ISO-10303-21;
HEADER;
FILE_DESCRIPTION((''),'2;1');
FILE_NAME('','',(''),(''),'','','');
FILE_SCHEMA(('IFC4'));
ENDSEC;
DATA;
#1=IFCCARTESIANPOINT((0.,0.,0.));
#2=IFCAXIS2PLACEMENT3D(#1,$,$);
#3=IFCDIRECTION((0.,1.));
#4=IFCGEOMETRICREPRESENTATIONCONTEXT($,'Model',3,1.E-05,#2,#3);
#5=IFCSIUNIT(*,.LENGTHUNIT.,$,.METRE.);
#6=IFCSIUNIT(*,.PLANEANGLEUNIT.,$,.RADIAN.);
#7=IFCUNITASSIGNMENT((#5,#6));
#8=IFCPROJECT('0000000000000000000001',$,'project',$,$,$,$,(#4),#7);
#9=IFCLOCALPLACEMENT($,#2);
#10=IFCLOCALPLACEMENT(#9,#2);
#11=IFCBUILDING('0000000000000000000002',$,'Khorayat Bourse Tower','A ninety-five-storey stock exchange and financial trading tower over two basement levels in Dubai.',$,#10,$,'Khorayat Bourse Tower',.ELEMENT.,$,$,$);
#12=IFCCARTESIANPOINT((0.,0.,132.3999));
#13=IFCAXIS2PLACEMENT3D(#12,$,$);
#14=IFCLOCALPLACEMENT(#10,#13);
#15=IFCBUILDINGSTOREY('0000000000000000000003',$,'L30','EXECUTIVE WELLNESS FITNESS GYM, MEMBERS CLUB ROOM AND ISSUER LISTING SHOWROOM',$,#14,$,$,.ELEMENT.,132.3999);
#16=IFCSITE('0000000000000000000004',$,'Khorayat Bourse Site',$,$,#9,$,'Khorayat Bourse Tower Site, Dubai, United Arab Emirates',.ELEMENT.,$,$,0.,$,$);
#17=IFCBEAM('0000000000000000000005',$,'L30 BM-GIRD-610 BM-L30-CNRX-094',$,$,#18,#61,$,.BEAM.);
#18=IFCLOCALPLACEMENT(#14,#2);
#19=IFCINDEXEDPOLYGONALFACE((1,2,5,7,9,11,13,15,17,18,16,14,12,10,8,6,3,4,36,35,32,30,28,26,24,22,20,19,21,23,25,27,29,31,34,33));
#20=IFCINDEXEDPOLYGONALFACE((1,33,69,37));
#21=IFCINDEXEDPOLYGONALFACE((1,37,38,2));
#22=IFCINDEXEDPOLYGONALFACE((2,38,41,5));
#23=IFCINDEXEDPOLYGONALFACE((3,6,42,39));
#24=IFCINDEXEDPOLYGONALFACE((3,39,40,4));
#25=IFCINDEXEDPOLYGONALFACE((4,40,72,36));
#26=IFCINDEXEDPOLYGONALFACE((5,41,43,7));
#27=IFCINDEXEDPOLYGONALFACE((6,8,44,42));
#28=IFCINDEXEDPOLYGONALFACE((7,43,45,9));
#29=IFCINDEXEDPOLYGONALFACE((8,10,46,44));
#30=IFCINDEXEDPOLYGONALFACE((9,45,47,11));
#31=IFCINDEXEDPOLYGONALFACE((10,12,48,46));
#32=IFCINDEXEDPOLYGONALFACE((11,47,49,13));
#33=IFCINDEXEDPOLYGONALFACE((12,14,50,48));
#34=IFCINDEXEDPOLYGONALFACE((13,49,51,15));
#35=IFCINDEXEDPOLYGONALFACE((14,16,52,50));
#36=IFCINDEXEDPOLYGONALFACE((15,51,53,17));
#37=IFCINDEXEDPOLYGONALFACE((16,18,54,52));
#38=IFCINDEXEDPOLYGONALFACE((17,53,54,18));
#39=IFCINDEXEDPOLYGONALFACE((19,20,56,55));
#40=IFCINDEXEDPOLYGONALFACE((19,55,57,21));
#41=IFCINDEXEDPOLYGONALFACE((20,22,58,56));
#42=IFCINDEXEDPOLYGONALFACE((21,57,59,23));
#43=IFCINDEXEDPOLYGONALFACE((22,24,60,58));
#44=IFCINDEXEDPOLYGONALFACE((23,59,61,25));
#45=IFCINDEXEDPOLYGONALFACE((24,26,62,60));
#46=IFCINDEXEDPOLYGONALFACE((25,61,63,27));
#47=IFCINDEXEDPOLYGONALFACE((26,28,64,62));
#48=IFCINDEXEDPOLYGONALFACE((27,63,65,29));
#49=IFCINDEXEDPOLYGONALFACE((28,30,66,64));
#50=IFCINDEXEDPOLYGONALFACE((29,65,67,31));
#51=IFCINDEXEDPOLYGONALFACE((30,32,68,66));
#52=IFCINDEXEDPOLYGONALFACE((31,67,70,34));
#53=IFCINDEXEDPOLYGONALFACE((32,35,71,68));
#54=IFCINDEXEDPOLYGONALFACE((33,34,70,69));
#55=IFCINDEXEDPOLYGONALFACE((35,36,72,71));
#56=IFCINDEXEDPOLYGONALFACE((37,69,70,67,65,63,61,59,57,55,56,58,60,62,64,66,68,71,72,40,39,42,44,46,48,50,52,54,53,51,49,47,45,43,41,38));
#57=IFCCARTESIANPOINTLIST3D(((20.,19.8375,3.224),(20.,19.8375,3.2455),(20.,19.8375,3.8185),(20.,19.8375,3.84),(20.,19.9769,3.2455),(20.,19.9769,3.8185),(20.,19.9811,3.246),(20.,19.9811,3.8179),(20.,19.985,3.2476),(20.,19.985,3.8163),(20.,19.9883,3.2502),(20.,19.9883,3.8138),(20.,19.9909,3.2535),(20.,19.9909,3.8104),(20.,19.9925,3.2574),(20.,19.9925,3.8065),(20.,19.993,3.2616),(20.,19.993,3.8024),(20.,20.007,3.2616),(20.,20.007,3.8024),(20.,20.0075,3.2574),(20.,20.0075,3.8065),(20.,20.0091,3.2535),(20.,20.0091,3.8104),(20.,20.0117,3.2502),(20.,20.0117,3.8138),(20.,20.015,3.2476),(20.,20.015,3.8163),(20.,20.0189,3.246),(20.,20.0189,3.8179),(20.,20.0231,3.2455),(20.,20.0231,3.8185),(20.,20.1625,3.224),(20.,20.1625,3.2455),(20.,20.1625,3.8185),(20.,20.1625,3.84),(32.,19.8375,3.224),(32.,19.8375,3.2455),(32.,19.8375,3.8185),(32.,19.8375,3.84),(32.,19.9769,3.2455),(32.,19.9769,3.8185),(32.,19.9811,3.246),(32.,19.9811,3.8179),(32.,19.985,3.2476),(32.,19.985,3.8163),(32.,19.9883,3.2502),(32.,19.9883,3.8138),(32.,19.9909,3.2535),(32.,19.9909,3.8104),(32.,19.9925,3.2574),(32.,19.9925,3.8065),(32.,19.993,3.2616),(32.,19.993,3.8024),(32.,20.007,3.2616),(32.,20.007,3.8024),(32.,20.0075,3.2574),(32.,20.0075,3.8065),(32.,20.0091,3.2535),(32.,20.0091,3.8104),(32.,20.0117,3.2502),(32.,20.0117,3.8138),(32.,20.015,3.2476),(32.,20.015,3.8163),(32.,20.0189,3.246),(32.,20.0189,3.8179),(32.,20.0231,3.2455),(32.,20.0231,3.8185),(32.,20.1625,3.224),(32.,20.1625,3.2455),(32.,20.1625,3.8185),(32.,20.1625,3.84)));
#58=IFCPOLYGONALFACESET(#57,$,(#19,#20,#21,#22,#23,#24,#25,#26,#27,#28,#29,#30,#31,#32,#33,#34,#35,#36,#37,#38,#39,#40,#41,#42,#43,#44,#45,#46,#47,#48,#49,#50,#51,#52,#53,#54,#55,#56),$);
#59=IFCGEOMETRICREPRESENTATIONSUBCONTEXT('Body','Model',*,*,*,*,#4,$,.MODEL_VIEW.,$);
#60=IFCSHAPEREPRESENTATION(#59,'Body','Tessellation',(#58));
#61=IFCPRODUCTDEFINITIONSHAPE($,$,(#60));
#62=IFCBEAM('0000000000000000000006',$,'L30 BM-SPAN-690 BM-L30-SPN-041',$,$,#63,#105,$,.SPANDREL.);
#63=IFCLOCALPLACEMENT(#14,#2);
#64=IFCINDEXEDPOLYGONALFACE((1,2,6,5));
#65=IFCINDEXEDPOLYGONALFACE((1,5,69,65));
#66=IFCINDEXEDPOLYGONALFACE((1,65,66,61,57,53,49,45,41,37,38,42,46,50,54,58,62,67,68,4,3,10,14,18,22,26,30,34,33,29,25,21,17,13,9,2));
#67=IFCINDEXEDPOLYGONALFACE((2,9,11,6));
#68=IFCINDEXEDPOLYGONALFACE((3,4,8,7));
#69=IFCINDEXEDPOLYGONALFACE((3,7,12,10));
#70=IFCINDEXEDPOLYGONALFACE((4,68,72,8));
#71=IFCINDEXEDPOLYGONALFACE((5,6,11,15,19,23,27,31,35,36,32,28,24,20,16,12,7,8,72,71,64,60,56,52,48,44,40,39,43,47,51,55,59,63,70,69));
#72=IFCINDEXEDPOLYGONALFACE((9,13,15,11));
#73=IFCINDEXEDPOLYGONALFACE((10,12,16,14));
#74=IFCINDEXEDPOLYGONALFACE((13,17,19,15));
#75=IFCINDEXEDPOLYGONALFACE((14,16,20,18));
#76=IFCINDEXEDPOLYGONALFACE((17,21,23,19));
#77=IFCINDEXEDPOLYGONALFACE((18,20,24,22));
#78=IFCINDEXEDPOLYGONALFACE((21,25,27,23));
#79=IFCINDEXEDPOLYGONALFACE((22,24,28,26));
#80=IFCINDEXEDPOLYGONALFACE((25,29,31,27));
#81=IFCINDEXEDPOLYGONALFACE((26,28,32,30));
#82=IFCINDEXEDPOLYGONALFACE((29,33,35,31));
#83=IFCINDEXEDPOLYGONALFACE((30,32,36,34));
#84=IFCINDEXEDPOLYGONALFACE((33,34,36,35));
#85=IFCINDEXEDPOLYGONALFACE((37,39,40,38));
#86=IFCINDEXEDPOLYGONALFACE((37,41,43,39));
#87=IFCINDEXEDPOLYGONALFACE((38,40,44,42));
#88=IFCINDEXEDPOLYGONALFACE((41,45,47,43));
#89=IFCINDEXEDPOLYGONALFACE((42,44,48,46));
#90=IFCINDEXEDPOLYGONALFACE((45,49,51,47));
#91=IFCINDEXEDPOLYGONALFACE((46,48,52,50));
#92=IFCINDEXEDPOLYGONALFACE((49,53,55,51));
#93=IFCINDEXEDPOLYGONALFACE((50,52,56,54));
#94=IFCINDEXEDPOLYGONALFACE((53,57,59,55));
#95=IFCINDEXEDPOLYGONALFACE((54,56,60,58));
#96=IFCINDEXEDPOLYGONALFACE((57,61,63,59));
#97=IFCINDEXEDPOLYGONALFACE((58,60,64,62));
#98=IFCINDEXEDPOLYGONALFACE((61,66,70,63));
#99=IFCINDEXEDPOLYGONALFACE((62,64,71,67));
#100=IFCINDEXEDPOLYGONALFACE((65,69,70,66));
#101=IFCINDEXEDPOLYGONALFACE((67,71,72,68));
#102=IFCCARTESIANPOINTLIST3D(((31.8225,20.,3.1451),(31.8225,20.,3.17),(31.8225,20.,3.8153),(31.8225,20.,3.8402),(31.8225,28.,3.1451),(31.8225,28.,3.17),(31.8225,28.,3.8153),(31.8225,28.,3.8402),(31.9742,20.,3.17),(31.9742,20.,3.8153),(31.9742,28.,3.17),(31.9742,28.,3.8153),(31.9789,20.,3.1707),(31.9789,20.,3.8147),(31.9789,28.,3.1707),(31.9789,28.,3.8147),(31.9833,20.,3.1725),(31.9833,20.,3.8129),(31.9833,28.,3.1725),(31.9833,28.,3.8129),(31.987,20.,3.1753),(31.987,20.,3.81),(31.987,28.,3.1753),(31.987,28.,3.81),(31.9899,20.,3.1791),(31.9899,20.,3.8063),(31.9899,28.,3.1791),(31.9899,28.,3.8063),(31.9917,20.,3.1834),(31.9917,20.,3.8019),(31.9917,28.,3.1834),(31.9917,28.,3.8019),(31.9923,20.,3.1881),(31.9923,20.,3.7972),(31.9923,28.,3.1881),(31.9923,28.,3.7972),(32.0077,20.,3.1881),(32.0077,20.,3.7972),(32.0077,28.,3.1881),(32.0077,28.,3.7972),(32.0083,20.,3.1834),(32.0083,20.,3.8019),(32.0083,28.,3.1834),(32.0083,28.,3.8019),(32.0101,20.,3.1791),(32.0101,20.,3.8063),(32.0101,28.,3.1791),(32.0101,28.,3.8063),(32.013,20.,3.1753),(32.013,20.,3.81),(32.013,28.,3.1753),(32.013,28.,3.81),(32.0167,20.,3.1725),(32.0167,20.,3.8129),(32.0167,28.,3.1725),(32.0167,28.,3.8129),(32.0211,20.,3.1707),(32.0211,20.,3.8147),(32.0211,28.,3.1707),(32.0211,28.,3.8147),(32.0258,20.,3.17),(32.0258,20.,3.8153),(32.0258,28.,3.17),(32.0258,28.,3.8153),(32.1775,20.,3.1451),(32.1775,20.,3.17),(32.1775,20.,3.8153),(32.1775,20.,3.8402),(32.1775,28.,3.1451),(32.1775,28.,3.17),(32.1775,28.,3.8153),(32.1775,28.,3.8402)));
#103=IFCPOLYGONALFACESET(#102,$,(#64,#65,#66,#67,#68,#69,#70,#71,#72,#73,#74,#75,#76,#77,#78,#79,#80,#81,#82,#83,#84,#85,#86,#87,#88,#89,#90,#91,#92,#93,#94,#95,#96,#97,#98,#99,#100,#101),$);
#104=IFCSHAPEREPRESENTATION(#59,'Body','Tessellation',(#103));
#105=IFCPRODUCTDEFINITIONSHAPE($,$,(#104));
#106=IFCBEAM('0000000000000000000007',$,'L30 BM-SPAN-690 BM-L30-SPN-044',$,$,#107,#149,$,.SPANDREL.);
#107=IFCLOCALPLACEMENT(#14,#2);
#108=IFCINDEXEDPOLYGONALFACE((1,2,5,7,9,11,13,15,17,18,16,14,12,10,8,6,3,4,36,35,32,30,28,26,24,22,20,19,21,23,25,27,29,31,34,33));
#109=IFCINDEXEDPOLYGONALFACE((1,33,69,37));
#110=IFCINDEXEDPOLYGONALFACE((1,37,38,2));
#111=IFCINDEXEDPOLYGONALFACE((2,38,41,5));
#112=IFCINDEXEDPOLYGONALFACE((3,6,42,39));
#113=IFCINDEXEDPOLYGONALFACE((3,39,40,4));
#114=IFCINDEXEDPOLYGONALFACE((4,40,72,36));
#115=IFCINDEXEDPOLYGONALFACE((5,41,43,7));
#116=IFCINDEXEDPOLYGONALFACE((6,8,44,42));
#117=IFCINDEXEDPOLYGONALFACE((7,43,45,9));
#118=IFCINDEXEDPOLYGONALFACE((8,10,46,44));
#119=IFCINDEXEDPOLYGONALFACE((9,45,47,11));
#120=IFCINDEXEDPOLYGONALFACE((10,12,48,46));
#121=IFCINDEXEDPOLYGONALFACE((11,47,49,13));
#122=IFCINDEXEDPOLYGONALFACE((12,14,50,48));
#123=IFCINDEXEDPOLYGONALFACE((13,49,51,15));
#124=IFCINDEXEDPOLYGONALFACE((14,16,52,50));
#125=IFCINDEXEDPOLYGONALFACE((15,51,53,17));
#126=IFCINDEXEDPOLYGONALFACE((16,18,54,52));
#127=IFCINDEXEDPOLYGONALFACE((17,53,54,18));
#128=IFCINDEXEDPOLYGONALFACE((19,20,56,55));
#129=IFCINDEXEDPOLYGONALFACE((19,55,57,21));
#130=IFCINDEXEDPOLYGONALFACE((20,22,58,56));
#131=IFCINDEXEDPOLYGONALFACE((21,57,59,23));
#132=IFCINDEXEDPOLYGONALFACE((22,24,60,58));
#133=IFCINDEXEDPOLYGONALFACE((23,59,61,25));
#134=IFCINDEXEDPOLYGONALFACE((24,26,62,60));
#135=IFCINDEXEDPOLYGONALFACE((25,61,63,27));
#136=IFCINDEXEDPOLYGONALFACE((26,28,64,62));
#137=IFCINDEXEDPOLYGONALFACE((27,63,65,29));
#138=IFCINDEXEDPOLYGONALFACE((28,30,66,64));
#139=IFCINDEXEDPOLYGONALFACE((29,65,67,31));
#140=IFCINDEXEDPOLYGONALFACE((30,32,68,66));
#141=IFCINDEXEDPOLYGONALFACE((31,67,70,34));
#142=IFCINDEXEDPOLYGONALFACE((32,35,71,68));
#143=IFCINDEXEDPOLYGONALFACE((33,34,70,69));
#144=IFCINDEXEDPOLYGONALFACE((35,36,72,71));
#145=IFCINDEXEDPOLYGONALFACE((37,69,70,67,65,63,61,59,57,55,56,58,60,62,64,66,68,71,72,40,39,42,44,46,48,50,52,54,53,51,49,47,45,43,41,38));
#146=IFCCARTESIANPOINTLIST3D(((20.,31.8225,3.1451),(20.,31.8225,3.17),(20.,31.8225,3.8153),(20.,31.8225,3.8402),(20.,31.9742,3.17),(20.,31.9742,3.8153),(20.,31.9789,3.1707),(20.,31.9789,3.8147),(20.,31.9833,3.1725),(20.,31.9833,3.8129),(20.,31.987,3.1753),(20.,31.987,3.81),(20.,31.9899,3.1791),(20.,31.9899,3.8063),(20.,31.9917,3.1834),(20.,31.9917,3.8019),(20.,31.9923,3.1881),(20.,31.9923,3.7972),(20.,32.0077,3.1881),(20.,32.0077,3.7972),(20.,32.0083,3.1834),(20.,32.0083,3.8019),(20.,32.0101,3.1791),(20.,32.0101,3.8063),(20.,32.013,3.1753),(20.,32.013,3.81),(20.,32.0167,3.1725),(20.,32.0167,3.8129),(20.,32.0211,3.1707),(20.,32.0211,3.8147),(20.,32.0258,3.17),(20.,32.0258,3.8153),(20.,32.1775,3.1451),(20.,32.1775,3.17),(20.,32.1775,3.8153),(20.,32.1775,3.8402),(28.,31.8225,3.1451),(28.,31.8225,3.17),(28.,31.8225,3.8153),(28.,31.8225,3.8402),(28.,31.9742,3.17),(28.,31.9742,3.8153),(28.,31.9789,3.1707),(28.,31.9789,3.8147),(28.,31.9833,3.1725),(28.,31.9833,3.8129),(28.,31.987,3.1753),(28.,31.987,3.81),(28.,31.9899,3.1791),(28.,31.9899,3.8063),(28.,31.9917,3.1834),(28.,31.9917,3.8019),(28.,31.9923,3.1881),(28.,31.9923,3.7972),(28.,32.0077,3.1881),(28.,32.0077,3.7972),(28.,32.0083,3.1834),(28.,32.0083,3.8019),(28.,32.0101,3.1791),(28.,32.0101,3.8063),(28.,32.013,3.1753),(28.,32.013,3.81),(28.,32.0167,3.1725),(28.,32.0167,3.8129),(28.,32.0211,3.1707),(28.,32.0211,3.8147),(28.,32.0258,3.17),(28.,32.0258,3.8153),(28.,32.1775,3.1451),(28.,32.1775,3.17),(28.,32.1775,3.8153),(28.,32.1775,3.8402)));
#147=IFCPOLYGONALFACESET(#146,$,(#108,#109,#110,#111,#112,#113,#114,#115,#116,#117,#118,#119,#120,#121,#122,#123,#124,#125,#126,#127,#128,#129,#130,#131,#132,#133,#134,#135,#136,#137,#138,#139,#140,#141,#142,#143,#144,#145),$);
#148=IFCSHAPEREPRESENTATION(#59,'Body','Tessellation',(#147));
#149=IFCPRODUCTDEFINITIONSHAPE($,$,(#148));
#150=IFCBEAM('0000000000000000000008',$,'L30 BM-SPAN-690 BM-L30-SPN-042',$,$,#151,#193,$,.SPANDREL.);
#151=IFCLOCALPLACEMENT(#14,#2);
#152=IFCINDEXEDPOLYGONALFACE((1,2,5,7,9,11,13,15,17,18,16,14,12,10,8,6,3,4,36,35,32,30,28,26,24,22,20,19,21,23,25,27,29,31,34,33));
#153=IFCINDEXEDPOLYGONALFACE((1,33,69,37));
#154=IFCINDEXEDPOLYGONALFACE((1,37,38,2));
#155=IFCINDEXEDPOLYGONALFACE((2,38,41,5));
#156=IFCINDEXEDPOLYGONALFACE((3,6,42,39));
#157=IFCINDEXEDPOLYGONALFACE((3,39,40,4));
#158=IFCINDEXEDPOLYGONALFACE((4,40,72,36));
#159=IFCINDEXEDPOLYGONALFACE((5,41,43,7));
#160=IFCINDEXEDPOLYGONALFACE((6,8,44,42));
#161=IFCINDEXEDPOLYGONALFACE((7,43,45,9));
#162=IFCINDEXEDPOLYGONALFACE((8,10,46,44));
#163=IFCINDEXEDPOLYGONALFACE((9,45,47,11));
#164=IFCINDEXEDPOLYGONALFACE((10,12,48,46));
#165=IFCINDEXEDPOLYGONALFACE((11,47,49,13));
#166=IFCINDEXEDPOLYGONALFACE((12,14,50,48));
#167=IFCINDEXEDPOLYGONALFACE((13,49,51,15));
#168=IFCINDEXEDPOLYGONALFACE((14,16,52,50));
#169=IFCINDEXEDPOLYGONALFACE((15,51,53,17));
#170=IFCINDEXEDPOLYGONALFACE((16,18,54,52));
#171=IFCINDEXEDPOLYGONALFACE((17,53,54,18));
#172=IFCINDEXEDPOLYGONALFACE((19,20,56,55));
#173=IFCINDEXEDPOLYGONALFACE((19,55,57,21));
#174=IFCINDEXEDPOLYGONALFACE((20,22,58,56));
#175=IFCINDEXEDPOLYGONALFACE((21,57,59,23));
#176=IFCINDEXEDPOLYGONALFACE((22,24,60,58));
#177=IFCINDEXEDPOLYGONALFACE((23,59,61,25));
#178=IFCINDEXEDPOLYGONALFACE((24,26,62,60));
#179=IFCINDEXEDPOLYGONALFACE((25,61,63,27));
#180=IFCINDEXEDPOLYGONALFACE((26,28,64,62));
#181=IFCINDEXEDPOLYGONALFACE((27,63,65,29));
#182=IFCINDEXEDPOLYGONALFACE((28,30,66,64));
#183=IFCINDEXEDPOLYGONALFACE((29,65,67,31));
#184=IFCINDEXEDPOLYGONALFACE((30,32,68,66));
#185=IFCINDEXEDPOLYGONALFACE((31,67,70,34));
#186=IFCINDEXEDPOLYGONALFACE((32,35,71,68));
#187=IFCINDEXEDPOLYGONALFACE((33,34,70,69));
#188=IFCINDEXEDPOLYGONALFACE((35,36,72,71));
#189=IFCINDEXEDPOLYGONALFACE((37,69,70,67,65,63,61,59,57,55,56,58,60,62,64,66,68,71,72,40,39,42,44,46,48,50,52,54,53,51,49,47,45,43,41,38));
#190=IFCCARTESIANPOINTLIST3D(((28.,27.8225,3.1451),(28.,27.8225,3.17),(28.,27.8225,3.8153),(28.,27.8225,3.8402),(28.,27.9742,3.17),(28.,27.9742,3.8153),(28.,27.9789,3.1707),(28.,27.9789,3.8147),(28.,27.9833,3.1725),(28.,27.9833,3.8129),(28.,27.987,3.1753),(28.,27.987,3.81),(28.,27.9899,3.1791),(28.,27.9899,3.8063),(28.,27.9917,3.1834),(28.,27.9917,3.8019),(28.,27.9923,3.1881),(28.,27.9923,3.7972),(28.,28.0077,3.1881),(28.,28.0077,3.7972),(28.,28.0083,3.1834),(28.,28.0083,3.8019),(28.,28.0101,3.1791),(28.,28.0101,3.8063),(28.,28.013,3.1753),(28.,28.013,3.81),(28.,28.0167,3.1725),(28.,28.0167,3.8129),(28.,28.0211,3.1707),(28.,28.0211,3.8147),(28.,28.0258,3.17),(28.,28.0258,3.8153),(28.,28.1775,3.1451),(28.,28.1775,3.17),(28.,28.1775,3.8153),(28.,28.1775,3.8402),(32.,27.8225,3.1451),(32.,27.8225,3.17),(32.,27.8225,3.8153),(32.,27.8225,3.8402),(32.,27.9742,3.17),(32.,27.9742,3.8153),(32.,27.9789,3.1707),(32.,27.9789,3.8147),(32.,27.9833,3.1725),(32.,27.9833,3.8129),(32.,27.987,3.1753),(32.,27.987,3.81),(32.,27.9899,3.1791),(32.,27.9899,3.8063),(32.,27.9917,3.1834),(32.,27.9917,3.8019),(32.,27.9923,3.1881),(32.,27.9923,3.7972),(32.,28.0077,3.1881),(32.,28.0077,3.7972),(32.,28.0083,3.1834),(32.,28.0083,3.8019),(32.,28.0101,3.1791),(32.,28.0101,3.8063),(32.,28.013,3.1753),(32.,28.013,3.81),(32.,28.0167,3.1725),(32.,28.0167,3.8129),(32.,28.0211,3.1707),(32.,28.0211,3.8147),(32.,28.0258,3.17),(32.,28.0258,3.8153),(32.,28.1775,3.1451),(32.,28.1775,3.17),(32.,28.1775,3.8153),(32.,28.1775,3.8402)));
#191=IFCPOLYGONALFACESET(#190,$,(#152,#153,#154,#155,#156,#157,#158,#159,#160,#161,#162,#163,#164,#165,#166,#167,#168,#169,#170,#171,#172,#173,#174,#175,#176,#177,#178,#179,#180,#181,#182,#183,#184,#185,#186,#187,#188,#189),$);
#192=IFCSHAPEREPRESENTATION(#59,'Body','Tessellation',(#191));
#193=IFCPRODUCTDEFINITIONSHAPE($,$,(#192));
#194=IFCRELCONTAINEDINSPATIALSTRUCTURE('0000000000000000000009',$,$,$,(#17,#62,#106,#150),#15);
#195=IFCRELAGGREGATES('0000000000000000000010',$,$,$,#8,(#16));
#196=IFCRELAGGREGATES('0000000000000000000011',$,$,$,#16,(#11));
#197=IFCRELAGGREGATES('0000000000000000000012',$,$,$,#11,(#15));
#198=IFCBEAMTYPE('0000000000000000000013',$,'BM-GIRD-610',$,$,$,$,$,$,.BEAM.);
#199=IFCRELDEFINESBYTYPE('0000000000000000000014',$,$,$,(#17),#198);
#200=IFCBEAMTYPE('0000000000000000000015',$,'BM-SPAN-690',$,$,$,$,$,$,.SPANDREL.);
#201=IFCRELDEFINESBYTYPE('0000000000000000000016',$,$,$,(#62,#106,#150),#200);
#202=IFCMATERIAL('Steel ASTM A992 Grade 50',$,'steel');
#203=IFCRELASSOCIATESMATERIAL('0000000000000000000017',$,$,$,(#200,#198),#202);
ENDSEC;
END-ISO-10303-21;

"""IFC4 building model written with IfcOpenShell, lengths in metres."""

from ifc_helpers import new_model, si_unit, direction, frame, origin, origin_2d, place, context, subcontext, project, spatial, i_section, extrude, source, transform, mapped, material, material_profile, profile_set, type_object, element, save


model = new_model("IFC4")

# Units and contexts
model_context = context("Model", 3, precision=1e-05, world=origin(), true_north=direction((0.0, 1.0)))
body_context = subcontext(model_context, "Body", "Model", "MODEL_VIEW")
ifc_project = project(units=[si_unit("LENGTHUNIT", "METRE"), si_unit("PLANEANGLEUNIT", "RADIAN")], contexts=[model_context])

# Site, building, storey
site_placement = place(None, origin())
site = spatial("IfcSite", under=ifc_project, at=site_placement, Name="Khorayat Bourse Site", LongName="Khorayat Bourse Tower Site, Dubai, United Arab Emirates", CompositionType="ELEMENT", RefElevation=0.0)
building_placement = place(site_placement, origin())
building = spatial("IfcBuilding", under=site, at=building_placement, Name="Khorayat Bourse Tower", Description="A ninety-five-storey stock exchange and financial trading tower over two basement levels in Dubai.", LongName="Khorayat Bourse Tower", CompositionType="ELEMENT")
storey_placement = place(building_placement, frame((0.0, 0.0, 132.3999)))
storey = spatial("IfcBuildingStorey", under=building, at=storey_placement, Name="L30", Description="EXECUTIVE WELLNESS FITNESS GYM, MEMBERS CLUB ROOM AND ISSUER LISTING SHOWROOM", CompositionType="ELEMENT", Elevation=132.3999)

# Beams
ifc_material_1 = material(Name="Steel ASTM A992 Grade 50", Category="steel")
ifc_material_profile_1 = material_profile(ifc_material_1, i_section(OverallWidth=0.355, OverallDepth=0.6951, WebThickness=0.0154, FlangeThickness=0.0249, FilletRadius=0.0181, at=origin_2d()), Name="W690X217")
ifc_profile_set_1 = profile_set([ifc_material_profile_1], Name="Steel ASTM A992 Grade 50")
beam_type_1 = type_object("IfcBeamType", Name="BM-SPAN-690", PredefinedType="SPANDREL", material=ifc_profile_set_1)
ifc_material_profile_2 = material_profile(ifc_material_1, i_section(OverallWidth=0.325, OverallDepth=0.616, WebThickness=0.0139, FlangeThickness=0.0215, FilletRadius=0.0161, at=origin_2d()), Name="W610X174")
ifc_profile_set_2 = profile_set([ifc_material_profile_2], Name="Steel ASTM A992 Grade 50")
beam_type_2 = type_object("IfcBeamType", Name="BM-GIRD-610", PredefinedType="BEAM", material=ifc_profile_set_2)
shared_shape_1 = source(origin(), body_context, "Body", "SweptSolid", [
    extrude(i_section(OverallWidth=0.325, OverallDepth=0.616, WebThickness=0.0139, FlangeThickness=0.0215, FilletRadius=0.0161, at=origin_2d()), origin(), (0.0, 0.0, 1.0), 12.0),
])
beam_1_placement = place(storey_placement, frame((20.0, 20.0, 3.532), z_axis=(1.0, 0.0, 0.0), x_axis=(0.0, 1.0, 0.0)))
element("IfcBeam", 1, at=beam_1_placement, inside=storey, type_object=beam_type_2, Name="L30 BM-GIRD-610 BM-L30-CNRX-094", PredefinedType="BEAM", context=body_context, shape_type="MappedRepresentation", body=[
    mapped(shared_shape_1, transform((0.0, 0.0, 0.0), scale=1.0)),
])
shared_shape_2 = source(origin(), body_context, "Body", "SweptSolid", [
    extrude(i_section(OverallWidth=0.355, OverallDepth=0.6951, WebThickness=0.0154, FlangeThickness=0.0249, FilletRadius=0.0181, at=origin_2d()), origin(), (0.0, 0.0, 1.0), 8.0),
])
for number, where, z_axis, x_axis, name in (
    (2, (32.0, 20.0, 3.4927), (0.0, 1.0, 0.0), (-1.0, 0.0, 0.0), "L30 BM-SPAN-690 BM-L30-SPN-041"),
    (3, (20.0, 32.0, 3.4927), (1.0, 0.0, 0.0), (0.0, 1.0, 0.0), "L30 BM-SPAN-690 BM-L30-SPN-044"),
):
    element("IfcBeam", number, at=place(storey_placement, frame(where, z_axis=z_axis, x_axis=x_axis)), inside=storey, type_object=beam_type_1, Name=name, PredefinedType="SPANDREL", context=body_context, shape_type="MappedRepresentation", body=[
        mapped(shared_shape_2, transform((0.0, 0.0, 0.0), scale=1.0)),
    ])
shared_shape_3 = source(origin(), body_context, "Body", "SweptSolid", [
    extrude(i_section(OverallWidth=0.355, OverallDepth=0.6951, WebThickness=0.0154, FlangeThickness=0.0249, FilletRadius=0.0181, at=origin_2d()), origin(), (0.0, 0.0, 1.0), 4.0),
])
for number, where, z_axis, x_axis, name in (
    (4, (28.0, 28.0, 3.4927), (1.0, 0.0, 0.0), (0.0, 1.0, 0.0), "L30 BM-SPAN-690 BM-L30-SPN-042"),
):
    element("IfcBeam", number, at=place(storey_placement, frame(where, z_axis=z_axis, x_axis=x_axis)), inside=storey, type_object=beam_type_1, Name=name, PredefinedType="SPANDREL", context=body_context, shape_type="MappedRepresentation", body=[
        mapped(shared_shape_3, transform((0.0, 0.0, 0.0), scale=1.0)),
    ])

save(model, "model.ifc")
